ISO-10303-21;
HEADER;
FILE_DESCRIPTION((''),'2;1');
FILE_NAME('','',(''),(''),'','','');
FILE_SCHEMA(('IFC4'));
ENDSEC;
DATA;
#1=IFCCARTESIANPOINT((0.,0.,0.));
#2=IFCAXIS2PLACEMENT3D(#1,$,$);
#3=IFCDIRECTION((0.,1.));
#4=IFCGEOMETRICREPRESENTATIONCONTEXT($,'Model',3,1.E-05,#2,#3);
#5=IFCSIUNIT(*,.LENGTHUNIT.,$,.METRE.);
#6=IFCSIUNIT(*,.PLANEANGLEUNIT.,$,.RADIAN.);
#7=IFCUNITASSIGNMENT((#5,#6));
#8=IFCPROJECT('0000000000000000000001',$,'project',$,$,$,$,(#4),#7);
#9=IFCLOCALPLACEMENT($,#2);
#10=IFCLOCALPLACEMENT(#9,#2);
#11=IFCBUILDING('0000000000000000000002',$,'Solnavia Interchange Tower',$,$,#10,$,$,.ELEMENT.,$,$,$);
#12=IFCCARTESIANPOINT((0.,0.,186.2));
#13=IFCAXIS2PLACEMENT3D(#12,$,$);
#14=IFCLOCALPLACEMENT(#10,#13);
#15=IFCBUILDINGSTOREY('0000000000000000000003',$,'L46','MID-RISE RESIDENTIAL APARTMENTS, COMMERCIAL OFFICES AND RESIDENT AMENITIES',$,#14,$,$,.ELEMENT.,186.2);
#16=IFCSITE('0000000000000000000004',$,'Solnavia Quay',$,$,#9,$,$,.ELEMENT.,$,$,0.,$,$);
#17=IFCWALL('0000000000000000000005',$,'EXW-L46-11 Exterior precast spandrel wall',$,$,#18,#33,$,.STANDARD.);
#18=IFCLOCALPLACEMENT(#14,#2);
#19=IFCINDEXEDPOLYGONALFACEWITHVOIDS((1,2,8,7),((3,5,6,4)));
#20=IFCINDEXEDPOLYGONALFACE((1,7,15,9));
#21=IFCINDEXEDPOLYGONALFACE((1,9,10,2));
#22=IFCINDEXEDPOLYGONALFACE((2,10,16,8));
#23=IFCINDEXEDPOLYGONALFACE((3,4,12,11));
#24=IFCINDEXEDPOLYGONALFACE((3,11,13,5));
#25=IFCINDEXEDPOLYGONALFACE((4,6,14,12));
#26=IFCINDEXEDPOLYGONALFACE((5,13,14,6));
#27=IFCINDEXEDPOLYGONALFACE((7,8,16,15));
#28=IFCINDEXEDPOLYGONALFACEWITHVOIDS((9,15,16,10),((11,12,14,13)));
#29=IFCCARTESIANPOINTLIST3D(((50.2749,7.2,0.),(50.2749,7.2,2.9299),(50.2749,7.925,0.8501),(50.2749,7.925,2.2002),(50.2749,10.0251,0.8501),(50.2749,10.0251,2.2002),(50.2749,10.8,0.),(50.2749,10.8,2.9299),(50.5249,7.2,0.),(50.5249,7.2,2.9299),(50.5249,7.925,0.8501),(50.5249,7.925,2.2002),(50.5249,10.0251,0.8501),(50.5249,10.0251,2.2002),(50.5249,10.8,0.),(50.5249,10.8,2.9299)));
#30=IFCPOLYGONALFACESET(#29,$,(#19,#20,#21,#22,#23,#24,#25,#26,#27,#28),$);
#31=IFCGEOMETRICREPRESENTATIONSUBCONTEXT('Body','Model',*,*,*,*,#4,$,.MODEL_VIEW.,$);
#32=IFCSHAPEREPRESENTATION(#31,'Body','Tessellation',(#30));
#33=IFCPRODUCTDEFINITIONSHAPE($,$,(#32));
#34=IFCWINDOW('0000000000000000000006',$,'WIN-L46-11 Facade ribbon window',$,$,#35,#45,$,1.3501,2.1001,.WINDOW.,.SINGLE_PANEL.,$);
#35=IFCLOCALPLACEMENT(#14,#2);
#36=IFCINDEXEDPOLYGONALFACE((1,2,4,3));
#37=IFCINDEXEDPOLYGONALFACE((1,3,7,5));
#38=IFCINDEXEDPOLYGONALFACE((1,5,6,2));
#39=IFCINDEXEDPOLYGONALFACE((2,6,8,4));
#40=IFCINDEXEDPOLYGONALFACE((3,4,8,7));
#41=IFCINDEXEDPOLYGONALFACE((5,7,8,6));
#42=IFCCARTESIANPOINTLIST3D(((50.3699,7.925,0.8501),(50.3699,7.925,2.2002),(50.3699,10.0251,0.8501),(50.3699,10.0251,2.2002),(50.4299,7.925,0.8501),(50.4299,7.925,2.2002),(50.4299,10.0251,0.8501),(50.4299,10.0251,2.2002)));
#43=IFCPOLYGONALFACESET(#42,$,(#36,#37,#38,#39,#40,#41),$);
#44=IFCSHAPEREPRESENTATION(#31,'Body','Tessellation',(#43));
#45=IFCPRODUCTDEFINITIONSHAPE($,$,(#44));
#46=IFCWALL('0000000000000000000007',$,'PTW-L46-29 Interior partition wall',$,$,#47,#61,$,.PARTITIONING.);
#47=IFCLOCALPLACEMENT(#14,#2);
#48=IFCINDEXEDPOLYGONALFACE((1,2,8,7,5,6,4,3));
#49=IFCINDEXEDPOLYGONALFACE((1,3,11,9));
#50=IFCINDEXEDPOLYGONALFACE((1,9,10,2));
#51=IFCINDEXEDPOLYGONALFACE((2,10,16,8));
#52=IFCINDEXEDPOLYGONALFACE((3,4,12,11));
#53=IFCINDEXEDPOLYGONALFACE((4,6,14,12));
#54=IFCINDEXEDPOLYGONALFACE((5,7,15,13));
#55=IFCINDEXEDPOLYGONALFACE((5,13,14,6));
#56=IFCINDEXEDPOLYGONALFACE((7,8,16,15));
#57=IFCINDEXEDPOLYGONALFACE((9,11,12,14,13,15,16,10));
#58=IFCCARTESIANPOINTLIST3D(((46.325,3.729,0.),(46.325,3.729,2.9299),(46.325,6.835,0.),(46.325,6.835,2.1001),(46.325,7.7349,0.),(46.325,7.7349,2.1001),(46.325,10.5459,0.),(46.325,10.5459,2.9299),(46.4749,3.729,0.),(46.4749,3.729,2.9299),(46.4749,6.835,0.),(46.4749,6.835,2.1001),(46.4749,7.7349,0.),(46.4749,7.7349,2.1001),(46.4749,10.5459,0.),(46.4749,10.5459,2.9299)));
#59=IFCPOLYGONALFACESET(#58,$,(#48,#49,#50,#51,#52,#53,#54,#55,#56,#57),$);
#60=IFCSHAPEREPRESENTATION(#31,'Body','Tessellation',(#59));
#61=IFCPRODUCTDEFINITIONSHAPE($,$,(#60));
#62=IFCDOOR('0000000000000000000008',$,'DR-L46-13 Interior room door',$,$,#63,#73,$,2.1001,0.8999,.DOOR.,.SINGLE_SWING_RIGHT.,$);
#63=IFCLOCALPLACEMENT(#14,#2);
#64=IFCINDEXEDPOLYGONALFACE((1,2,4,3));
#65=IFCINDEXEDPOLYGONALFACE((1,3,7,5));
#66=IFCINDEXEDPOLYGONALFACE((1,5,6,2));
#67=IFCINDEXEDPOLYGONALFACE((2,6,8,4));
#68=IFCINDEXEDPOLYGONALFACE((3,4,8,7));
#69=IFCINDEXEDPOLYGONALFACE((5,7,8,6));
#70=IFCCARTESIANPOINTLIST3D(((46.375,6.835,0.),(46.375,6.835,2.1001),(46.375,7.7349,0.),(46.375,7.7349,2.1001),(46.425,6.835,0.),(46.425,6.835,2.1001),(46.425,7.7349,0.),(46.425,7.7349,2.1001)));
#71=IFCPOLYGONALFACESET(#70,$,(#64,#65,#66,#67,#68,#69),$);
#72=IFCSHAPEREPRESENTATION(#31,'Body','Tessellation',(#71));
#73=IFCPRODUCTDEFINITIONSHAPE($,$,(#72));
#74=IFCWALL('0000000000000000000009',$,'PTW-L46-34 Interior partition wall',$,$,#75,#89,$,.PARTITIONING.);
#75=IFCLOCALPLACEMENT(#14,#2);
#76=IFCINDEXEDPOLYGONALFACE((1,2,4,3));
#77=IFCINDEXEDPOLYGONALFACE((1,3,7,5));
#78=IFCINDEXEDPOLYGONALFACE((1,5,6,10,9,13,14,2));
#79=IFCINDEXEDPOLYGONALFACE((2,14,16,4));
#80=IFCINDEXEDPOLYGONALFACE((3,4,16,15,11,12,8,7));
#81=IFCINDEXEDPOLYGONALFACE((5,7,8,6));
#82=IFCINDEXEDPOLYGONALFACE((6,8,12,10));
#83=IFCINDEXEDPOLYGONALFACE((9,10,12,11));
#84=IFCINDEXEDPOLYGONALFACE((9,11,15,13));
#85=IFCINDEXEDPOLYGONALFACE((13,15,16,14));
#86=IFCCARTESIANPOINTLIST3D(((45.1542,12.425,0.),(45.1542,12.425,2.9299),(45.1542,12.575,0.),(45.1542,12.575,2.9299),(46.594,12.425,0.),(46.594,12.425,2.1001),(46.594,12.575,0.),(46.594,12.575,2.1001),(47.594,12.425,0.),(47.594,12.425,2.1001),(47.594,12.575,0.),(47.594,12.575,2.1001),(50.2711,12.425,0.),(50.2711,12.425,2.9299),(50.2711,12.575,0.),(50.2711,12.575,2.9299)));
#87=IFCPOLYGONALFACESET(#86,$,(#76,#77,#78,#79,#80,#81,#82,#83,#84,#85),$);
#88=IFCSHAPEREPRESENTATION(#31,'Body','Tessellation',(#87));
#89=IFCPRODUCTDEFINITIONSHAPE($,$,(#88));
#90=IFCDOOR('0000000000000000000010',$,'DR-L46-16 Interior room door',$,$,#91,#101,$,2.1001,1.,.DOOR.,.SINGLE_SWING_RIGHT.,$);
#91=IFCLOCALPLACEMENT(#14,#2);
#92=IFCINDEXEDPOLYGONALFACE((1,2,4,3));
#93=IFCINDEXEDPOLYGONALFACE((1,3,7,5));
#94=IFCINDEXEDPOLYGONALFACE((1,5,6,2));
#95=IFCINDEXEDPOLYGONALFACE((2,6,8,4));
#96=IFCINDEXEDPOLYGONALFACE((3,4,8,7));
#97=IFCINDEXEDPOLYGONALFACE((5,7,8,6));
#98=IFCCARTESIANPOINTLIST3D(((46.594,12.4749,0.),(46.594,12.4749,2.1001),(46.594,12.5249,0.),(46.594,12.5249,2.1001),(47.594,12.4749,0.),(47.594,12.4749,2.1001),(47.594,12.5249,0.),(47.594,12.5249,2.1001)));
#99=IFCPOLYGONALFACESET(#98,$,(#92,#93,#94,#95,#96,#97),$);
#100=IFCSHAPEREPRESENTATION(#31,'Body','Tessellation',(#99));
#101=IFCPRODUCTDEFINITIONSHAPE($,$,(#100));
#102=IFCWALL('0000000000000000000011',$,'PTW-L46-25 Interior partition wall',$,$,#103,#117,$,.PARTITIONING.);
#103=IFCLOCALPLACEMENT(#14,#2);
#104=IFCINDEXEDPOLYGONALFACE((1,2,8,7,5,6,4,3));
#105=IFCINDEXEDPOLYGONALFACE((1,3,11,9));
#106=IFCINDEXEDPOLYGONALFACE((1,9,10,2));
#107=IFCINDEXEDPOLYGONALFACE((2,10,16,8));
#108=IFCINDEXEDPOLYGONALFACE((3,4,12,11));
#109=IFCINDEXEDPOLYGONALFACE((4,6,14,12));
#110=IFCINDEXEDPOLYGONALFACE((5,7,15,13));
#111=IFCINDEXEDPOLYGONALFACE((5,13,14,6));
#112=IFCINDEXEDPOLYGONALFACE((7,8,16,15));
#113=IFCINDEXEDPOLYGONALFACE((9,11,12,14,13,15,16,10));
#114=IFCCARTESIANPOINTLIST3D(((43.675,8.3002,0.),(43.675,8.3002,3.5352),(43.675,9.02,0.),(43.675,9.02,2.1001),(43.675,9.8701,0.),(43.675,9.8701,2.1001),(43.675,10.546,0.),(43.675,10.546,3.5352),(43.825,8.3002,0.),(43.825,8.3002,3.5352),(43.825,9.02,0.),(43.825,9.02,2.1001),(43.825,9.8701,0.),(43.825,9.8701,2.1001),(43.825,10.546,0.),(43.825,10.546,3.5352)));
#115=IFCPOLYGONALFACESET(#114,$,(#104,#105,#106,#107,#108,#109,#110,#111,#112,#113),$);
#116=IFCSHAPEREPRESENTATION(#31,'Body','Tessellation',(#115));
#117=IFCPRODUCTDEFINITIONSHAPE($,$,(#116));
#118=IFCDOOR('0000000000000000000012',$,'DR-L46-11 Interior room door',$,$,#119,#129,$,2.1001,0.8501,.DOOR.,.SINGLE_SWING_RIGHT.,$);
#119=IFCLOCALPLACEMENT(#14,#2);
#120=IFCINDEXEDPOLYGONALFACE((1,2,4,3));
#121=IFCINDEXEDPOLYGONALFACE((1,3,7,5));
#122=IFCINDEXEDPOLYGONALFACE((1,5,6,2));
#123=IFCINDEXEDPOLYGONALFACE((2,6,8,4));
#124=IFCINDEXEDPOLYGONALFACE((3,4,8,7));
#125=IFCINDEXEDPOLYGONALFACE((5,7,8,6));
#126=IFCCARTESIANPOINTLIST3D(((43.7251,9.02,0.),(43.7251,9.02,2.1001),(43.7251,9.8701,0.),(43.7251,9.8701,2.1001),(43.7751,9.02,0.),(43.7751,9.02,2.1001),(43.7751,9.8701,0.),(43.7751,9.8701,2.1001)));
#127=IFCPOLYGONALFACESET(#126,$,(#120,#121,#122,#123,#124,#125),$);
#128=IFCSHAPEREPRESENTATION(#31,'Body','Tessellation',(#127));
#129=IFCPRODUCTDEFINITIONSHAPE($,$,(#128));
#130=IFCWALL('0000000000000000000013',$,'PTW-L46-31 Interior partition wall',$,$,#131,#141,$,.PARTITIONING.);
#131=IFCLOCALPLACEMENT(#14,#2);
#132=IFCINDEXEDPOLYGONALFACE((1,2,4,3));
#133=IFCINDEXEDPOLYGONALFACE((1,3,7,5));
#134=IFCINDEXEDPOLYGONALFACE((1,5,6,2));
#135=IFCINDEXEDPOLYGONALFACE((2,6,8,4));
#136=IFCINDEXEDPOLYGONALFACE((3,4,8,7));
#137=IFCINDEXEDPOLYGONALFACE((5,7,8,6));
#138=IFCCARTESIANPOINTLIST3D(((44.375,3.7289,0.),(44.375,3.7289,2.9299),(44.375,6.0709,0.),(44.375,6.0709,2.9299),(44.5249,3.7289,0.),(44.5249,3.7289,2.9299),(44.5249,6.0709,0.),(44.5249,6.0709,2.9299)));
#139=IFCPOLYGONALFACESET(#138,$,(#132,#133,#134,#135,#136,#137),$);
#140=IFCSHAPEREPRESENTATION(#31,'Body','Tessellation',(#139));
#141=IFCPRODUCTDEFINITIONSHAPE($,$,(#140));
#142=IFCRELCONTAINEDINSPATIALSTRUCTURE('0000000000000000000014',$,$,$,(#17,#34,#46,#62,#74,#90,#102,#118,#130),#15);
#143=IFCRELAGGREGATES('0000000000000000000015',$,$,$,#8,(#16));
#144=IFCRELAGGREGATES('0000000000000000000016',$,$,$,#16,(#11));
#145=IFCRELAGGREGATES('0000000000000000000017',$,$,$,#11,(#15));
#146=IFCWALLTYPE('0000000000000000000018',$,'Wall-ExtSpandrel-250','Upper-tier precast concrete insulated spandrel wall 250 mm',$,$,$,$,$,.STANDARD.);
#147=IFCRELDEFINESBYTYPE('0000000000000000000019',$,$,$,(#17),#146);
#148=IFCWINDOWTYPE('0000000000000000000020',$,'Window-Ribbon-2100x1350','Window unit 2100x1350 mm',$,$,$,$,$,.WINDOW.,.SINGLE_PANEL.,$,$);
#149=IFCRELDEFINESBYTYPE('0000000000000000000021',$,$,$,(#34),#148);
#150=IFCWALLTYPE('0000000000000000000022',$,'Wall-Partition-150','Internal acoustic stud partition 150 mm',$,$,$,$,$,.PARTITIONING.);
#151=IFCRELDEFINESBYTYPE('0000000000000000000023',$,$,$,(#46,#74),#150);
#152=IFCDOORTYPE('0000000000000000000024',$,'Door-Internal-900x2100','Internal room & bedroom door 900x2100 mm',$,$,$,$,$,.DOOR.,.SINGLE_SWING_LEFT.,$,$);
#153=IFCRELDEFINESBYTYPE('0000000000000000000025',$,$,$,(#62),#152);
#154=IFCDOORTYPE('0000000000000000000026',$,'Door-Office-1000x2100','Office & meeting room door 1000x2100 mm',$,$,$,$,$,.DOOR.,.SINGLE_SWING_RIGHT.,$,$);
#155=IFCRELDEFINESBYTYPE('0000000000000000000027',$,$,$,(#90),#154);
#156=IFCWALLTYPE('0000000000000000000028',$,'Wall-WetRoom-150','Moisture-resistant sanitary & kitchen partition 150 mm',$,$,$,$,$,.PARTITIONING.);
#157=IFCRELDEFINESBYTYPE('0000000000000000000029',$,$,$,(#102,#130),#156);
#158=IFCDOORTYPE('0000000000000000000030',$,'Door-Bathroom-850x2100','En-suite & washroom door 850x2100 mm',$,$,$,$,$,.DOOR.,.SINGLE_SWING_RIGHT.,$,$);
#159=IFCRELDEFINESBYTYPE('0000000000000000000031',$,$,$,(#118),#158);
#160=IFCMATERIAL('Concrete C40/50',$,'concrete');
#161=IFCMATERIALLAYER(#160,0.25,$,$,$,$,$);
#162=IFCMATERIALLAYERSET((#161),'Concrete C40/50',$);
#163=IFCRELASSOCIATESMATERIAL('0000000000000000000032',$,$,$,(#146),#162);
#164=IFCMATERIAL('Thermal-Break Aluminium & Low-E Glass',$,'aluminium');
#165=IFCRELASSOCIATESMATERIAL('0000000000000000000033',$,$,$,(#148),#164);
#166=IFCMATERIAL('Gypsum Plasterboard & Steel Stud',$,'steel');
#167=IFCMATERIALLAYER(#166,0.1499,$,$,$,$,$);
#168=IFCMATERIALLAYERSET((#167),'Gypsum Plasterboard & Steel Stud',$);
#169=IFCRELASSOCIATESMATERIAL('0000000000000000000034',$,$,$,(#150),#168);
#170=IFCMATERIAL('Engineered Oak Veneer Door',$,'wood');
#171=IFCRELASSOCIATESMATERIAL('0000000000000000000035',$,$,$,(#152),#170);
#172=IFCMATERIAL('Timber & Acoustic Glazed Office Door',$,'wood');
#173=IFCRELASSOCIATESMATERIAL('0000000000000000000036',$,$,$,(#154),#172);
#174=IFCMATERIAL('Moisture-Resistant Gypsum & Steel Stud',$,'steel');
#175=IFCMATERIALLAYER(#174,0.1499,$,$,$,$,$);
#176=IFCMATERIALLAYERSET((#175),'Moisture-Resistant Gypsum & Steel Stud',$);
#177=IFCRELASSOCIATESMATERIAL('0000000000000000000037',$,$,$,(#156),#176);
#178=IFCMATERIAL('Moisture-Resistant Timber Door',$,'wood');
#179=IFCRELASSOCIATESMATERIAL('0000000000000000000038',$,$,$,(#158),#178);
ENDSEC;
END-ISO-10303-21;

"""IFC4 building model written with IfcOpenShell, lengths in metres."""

from ifc_helpers import new_model, si_unit, direction, frame, frame_2d, origin, place, context, subcontext, project, spatial, rectangle, extrude, material, layer, layer_set, type_object, element, fill, save


model = new_model("IFC4")

# Units and contexts
model_context = context("Model", 3, precision=1e-05, world=origin(), true_north=direction((0.0, 1.0)))
body_context = subcontext(model_context, "Body", "Model", "MODEL_VIEW")
ifc_project = project(units=[si_unit("LENGTHUNIT", "METRE"), si_unit("PLANEANGLEUNIT", "RADIAN")], contexts=[model_context])

# Site, building, storey
site_placement = place(None, origin())
site = spatial("IfcSite", under=ifc_project, at=site_placement, Name="Solnavia Quay", CompositionType="ELEMENT", RefElevation=0.0)
building_placement = place(site_placement, origin())
building = spatial("IfcBuilding", under=site, at=building_placement, Name="Solnavia Interchange Tower", CompositionType="ELEMENT")
storey_placement = place(building_placement, frame((0.0, 0.0, 186.2)))
storey = spatial("IfcBuildingStorey", under=building, at=storey_placement, Name="L46", Description="MID-RISE RESIDENTIAL APARTMENTS, COMMERCIAL OFFICES AND RESIDENT AMENITIES", CompositionType="ELEMENT", Elevation=186.2)

# Shared definitions
ifc_material_1 = material(Name="Concrete C40/50", Category="concrete")
ifc_layer_1 = layer(ifc_material_1, 0.25)
ifc_layer_set_1 = layer_set([ifc_layer_1], Name="Concrete C40/50")
wall_type_1 = type_object("IfcWallType", Name="Wall-ExtSpandrel-250", Description="Upper-tier precast concrete insulated spandrel wall 250 mm", PredefinedType="STANDARD", material=ifc_layer_set_1)

# Wall, opening, window
wall_1_placement = place(storey_placement, frame((50.3999, 10.8, 0.0), z_axis=(0.0, 0.0, 1.0), x_axis=(0.0, -1.0, 0.0)))
wall_1 = element("IfcWall", 1, at=wall_1_placement, inside=storey, type_object=wall_type_1, Name="EXW-L46-11 Exterior precast spandrel wall", PredefinedType="STANDARD", context=body_context, shape_type="SweptSolid", body=[
    extrude(rectangle(XDim=3.6001, YDim=0.25, at=frame_2d((1.8, 0.0))), origin(), (0.0, 0.0, 1.0), 2.9299),
])
opening_1_placement = place(wall_1_placement, frame((0.7749, 0.0, 0.8501)))
opening_1 = element("IfcOpeningElement", 2, at=opening_1_placement, cuts=wall_1, PredefinedType="OPENING", context=body_context, shape_type="SweptSolid", body=[
    extrude(rectangle(XDim=2.1001, YDim=1.3501, at=frame_2d((1.05, 0.675))), frame((0.0, 0.135, 0.0), z_axis=(0.0, -1.0, 0.0), x_axis=(1.0, 0.0, 0.0)), (0.0, 0.0, 1.0), 0.27),
])
ifc_material_2 = material(Name="Thermal-Break Aluminium & Low-E Glass", Category="aluminium")
window_type = type_object("IfcWindowType", Name="Window-Ribbon-2100x1350", Description="Window unit 2100x1350 mm", PartitioningType="SINGLE_PANEL", PredefinedType="WINDOW", material=ifc_material_2)
window_placement = place(opening_1_placement, origin())
window = element("IfcWindow", 3, at=window_placement, inside=storey, type_object=window_type, Name="WIN-L46-11 Facade ribbon window", OverallHeight=1.3501, OverallWidth=2.1001, PartitioningType="SINGLE_PANEL", PredefinedType="WINDOW", context=body_context, shape_type="SweptSolid", body=[
    extrude(rectangle(XDim=2.1001, YDim=1.3501, at=frame_2d((1.05, 0.675))), frame((0.0, 0.03, 0.0), z_axis=(0.0, -1.0, 0.0), x_axis=(1.0, 0.0, 0.0)), (0.0, 0.0, 1.0), 0.0601),
])
fill(opening_1, window)

# Walls, openings, doors
ifc_material_3 = material(Name="Gypsum Plasterboard & Steel Stud", Category="steel")
ifc_layer_2 = layer(ifc_material_3, 0.1499)
ifc_layer_set_2 = layer_set([ifc_layer_2], Name="Gypsum Plasterboard & Steel Stud")
wall_type_2 = type_object("IfcWallType", Name="Wall-Partition-150", Description="Internal acoustic stud partition 150 mm", PredefinedType="PARTITIONING", material=ifc_layer_set_2)
wall_2_placement = place(storey_placement, frame((46.3999, 3.729, 0.0), z_axis=(0.0, 0.0, 1.0), x_axis=(0.0, 1.0, 0.0)))
wall_2 = element("IfcWall", 4, at=wall_2_placement, inside=storey, type_object=wall_type_2, Name="PTW-L46-29 Interior partition wall", PredefinedType="PARTITIONING", context=body_context, shape_type="SweptSolid", body=[
    extrude(rectangle(XDim=6.8169, YDim=0.1499, at=frame_2d((3.4084, 0.0))), origin(), (0.0, 0.0, 1.0), 2.9299),
])
opening_2_placement = place(wall_2_placement, frame((3.106, 0.0, 0.0)))
opening_2 = element("IfcOpeningElement", 5, at=opening_2_placement, cuts=wall_2, PredefinedType="OPENING", context=body_context, shape_type="SweptSolid", body=[
    extrude(rectangle(XDim=0.8999, YDim=2.1001, at=frame_2d((0.45, 1.05))), frame((0.0, 0.085, 0.0), z_axis=(0.0, -1.0, 0.0), x_axis=(1.0, 0.0, 0.0)), (0.0, 0.0, 1.0), 0.1699),
])
ifc_material_4 = material(Name="Engineered Oak Veneer Door", Category="wood")
door_type_1 = type_object("IfcDoorType", Name="Door-Internal-900x2100", Description="Internal room & bedroom door 900x2100 mm", OperationType="SINGLE_SWING_LEFT", PredefinedType="DOOR", material=ifc_material_4)
door_1_placement = place(opening_2_placement, origin())
door_1 = element("IfcDoor", 6, at=door_1_placement, inside=storey, type_object=door_type_1, Name="DR-L46-13 Interior room door", OperationType="SINGLE_SWING_RIGHT", OverallHeight=2.1001, OverallWidth=0.8999, PredefinedType="DOOR", context=body_context, shape_type="SweptSolid", body=[
    extrude(rectangle(XDim=0.8999, YDim=2.1001, at=frame_2d((0.45, 1.05))), frame((0.0, 0.0249, 0.0), z_axis=(0.0, -1.0, 0.0), x_axis=(1.0, 0.0, 0.0)), (0.0, 0.0, 1.0), 0.05),
])
fill(opening_2, door_1)
wall_3_placement = place(storey_placement, frame((45.1541, 12.5, 0.0), z_axis=(0.0, 0.0, 1.0), x_axis=(1.0, 0.0, 0.0)))
wall_3 = element("IfcWall", 7, at=wall_3_placement, inside=storey, type_object=wall_type_2, Name="PTW-L46-34 Interior partition wall", PredefinedType="PARTITIONING", context=body_context, shape_type="SweptSolid", body=[
    extrude(rectangle(XDim=5.1169, YDim=0.1499, at=frame_2d((2.5586, 0.0))), origin(), (0.0, 0.0, 1.0), 2.9299),
])
opening_3_placement = place(wall_3_placement, frame((1.4399, 0.0, 0.0)))
opening_3 = element("IfcOpeningElement", 8, at=opening_3_placement, cuts=wall_3, PredefinedType="OPENING", context=body_context, shape_type="SweptSolid", body=[
    extrude(rectangle(XDim=1.0, YDim=2.1001, at=frame_2d((0.5, 1.05))), frame((0.0, 0.085, 0.0), z_axis=(0.0, -1.0, 0.0), x_axis=(1.0, 0.0, 0.0)), (0.0, 0.0, 1.0), 0.1699),
])
ifc_material_5 = material(Name="Timber & Acoustic Glazed Office Door", Category="wood")
door_type_2 = type_object("IfcDoorType", Name="Door-Office-1000x2100", Description="Office & meeting room door 1000x2100 mm", OperationType="SINGLE_SWING_RIGHT", PredefinedType="DOOR", material=ifc_material_5)
door_2_placement = place(opening_3_placement, origin())
door_2 = element("IfcDoor", 9, at=door_2_placement, inside=storey, type_object=door_type_2, Name="DR-L46-16 Interior room door", OperationType="SINGLE_SWING_RIGHT", OverallHeight=2.1001, OverallWidth=1.0, PredefinedType="DOOR", context=body_context, shape_type="SweptSolid", body=[
    extrude(rectangle(XDim=1.0, YDim=2.1001, at=frame_2d((0.5, 1.05))), frame((0.0, 0.0249, 0.0), z_axis=(0.0, -1.0, 0.0), x_axis=(1.0, 0.0, 0.0)), (0.0, 0.0, 1.0), 0.05),
])
fill(opening_3, door_2)
ifc_material_6 = material(Name="Moisture-Resistant Gypsum & Steel Stud", Category="steel")
ifc_layer_3 = layer(ifc_material_6, 0.1499)
ifc_layer_set_3 = layer_set([ifc_layer_3], Name="Moisture-Resistant Gypsum & Steel Stud")
wall_type_3 = type_object("IfcWallType", Name="Wall-WetRoom-150", Description="Moisture-resistant sanitary & kitchen partition 150 mm", PredefinedType="PARTITIONING", material=ifc_layer_set_3)
wall_4_placement = place(storey_placement, frame((43.75, 8.3, 0.0), z_axis=(0.0, 0.0, 1.0), x_axis=(0.0, 1.0, 0.0)))
wall_4 = element("IfcWall", 10, at=wall_4_placement, inside=storey, type_object=wall_type_3, Name="PTW-L46-25 Interior partition wall", PredefinedType="PARTITIONING", context=body_context, shape_type="SweptSolid", body=[
    extrude(rectangle(XDim=2.2458, YDim=0.1499, at=frame_2d((1.123, 0.0))), origin(), (0.0, 0.0, 1.0), 3.5352),
])
opening_4_placement = place(wall_4_placement, frame((0.72, 0.0, 0.0)))
opening_4 = element("IfcOpeningElement", 11, at=opening_4_placement, cuts=wall_4, PredefinedType="OPENING", context=body_context, shape_type="SweptSolid", body=[
    extrude(rectangle(XDim=0.8501, YDim=2.1001, at=frame_2d((0.425, 1.05))), frame((0.0, 0.085, 0.0), z_axis=(0.0, -1.0, 0.0), x_axis=(1.0, 0.0, 0.0)), (0.0, 0.0, 1.0), 0.1699),
])
ifc_material_7 = material(Name="Moisture-Resistant Timber Door", Category="wood")
door_type_3 = type_object("IfcDoorType", Name="Door-Bathroom-850x2100", Description="En-suite & washroom door 850x2100 mm", OperationType="SINGLE_SWING_RIGHT", PredefinedType="DOOR", material=ifc_material_7)
door_3_placement = place(opening_4_placement, origin())
door_3 = element("IfcDoor", 12, at=door_3_placement, inside=storey, type_object=door_type_3, Name="DR-L46-11 Interior room door", OperationType="SINGLE_SWING_RIGHT", OverallHeight=2.1001, OverallWidth=0.8501, PredefinedType="DOOR", context=body_context, shape_type="SweptSolid", body=[
    extrude(rectangle(XDim=0.8501, YDim=2.1001, at=frame_2d((0.425, 1.05))), frame((0.0, 0.0249, 0.0), z_axis=(0.0, -1.0, 0.0), x_axis=(1.0, 0.0, 0.0)), (0.0, 0.0, 1.0), 0.05),
])
fill(opening_4, door_3)

# Wall
wall_5_placement = place(storey_placement, frame((44.45, 3.729, 0.0), z_axis=(0.0, 0.0, 1.0), x_axis=(0.0, 1.0, 0.0)))
element("IfcWall", 13, at=wall_5_placement, inside=storey, type_object=wall_type_3, Name="PTW-L46-31 Interior partition wall", PredefinedType="PARTITIONING", context=body_context, shape_type="SweptSolid", body=[
    extrude(rectangle(XDim=2.342, YDim=0.1499, at=frame_2d((1.1709, 0.0))), origin(), (0.0, 0.0, 1.0), 2.9299),
])

save(model, "model.ifc")
